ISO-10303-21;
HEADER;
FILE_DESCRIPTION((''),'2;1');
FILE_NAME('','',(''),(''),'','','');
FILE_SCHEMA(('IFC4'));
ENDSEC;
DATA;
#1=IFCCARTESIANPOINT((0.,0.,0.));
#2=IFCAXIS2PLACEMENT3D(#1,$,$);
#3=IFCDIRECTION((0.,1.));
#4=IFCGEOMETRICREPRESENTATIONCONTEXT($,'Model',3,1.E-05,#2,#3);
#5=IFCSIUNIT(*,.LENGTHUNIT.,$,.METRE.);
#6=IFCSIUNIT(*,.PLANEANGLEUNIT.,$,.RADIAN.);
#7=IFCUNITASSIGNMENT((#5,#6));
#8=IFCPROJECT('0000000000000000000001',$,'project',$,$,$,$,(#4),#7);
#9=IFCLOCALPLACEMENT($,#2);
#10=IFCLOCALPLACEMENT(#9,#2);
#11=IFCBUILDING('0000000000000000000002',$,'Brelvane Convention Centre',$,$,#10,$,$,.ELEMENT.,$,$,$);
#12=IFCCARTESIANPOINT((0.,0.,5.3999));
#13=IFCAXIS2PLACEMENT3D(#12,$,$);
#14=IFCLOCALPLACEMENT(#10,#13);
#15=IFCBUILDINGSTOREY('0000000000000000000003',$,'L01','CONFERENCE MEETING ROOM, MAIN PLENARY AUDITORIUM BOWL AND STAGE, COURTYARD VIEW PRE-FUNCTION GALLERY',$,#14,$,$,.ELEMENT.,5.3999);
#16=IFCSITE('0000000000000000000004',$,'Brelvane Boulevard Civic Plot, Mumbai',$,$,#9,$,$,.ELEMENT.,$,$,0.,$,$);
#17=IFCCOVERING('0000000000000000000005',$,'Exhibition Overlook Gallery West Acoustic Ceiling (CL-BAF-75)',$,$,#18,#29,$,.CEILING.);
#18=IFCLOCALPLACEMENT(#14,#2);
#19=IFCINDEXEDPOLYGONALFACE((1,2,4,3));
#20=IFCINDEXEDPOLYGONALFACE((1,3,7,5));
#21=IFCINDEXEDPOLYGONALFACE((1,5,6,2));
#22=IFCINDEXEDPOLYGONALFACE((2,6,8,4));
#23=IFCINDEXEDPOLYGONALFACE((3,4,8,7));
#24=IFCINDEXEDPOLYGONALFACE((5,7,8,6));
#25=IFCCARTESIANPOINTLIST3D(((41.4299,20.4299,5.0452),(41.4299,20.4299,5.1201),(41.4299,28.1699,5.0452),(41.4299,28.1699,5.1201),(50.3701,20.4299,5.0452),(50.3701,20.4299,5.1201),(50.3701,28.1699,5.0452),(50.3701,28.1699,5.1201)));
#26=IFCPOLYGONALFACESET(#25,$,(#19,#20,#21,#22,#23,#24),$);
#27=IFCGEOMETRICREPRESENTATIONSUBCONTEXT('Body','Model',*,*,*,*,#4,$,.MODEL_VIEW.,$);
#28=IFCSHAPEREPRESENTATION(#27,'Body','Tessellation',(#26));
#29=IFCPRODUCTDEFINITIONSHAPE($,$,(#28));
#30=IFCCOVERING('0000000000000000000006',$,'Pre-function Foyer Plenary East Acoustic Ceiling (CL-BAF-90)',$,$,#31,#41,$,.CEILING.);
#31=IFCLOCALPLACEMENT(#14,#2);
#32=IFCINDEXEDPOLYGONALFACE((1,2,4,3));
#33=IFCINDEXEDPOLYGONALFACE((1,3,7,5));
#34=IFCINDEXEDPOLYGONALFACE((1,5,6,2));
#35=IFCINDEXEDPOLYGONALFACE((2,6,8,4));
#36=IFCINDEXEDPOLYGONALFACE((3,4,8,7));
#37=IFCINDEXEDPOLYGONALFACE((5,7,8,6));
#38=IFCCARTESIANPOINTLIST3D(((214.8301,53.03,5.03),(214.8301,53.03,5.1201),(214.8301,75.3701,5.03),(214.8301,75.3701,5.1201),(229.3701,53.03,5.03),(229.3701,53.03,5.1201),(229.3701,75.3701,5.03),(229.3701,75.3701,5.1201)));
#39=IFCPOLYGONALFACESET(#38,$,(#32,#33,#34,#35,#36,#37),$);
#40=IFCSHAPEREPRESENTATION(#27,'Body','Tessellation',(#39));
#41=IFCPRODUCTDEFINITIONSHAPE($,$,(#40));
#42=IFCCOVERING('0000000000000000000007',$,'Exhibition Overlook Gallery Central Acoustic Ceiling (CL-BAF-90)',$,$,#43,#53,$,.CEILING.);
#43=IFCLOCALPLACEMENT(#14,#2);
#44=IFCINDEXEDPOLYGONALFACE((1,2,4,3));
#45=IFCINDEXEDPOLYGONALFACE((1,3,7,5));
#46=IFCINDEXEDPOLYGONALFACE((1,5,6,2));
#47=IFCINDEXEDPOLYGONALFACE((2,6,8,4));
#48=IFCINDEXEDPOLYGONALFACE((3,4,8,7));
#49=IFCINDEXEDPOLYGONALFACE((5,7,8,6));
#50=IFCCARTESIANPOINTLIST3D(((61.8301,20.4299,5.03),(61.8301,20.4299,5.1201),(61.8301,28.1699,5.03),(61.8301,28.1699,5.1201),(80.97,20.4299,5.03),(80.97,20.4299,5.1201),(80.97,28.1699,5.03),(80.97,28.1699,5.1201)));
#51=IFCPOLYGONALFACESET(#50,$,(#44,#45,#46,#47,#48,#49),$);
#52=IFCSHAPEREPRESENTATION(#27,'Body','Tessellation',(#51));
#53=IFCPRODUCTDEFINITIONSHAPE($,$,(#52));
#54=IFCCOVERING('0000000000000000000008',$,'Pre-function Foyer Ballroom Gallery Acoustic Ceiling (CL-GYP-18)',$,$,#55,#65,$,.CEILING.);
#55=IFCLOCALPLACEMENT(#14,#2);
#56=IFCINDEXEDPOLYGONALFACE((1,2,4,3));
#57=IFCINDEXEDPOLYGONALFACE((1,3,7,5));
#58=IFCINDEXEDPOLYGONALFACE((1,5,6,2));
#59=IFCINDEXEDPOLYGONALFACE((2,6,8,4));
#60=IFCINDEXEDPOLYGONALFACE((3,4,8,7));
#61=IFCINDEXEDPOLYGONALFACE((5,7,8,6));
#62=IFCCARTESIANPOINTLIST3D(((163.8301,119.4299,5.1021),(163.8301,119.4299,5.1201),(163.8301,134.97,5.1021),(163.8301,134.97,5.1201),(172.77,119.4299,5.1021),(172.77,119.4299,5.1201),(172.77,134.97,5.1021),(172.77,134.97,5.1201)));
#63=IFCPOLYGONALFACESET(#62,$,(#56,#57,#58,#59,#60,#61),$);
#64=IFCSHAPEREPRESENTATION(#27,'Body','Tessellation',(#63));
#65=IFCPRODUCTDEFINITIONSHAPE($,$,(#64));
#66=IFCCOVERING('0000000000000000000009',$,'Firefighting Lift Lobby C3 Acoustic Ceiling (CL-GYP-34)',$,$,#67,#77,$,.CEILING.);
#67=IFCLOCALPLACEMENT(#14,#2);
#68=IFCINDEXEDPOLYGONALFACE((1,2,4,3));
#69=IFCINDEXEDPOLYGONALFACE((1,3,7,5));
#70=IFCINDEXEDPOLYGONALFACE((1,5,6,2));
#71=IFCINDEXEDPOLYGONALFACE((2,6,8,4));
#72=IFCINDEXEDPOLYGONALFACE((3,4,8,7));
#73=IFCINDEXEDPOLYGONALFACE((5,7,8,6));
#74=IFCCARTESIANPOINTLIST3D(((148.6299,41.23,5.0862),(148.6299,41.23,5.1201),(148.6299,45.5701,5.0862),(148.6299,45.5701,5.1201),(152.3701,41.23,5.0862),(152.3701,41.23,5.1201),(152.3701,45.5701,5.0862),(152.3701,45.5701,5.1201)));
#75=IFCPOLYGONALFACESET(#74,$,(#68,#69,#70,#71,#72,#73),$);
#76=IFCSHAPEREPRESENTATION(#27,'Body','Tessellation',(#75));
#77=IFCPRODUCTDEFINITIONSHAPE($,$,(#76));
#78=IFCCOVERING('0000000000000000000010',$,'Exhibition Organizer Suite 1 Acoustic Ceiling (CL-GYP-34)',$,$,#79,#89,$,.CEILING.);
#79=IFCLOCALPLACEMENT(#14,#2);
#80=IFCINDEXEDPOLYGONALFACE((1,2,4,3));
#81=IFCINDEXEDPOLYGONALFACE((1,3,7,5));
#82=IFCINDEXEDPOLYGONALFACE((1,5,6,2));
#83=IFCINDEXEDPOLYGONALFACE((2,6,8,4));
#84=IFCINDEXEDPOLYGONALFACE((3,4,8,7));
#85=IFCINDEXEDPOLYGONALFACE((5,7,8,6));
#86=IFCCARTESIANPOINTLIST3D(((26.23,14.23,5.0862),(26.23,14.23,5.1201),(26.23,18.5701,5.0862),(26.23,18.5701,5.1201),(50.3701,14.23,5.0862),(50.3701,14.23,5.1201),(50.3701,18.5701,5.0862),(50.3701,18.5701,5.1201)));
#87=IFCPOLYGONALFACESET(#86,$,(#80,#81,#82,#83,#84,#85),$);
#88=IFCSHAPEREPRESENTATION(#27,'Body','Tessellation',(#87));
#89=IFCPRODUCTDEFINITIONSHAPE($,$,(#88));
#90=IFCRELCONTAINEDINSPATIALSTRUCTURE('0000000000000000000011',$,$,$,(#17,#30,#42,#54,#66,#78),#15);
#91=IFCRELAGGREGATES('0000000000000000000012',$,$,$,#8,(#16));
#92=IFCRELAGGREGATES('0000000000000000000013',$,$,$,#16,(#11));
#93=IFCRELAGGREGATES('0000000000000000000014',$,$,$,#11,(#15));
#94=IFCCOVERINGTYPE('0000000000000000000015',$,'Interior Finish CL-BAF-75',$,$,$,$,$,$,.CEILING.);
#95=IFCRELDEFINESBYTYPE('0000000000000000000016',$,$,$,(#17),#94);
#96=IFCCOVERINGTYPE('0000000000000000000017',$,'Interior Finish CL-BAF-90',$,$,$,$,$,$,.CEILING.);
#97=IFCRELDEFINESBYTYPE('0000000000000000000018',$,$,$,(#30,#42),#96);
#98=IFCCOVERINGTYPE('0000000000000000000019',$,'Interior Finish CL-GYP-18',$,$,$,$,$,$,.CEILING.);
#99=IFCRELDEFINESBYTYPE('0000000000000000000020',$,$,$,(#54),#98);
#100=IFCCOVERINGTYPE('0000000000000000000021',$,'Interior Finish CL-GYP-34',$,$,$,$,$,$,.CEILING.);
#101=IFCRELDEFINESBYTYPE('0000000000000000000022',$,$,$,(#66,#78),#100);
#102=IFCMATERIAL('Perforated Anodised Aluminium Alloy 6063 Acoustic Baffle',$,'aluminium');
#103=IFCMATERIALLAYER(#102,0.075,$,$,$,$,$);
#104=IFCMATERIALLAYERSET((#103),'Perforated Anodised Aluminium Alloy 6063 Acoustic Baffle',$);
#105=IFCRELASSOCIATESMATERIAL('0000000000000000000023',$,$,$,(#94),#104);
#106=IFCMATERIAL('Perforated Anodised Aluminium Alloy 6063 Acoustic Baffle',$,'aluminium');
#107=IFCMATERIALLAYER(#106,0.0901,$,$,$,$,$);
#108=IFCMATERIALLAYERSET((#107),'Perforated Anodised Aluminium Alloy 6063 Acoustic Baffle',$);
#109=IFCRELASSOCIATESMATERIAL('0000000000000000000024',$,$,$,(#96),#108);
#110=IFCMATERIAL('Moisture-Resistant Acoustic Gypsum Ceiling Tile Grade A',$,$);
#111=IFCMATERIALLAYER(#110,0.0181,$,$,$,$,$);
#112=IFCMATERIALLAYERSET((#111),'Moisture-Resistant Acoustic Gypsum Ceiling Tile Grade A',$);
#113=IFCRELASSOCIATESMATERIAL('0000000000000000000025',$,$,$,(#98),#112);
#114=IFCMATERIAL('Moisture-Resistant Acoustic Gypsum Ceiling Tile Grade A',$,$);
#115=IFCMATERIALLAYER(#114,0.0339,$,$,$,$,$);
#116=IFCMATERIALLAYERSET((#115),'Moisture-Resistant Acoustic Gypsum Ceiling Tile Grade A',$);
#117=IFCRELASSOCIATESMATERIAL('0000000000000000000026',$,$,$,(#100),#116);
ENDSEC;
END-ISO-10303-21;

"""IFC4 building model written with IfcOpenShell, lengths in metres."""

from ifc_helpers import new_model, si_unit, direction, frame, origin, place, context, subcontext, project, spatial, polyline, outline, extrude, material, layer, layer_set, type_object, element, save


model = new_model("IFC4")

# Units and contexts
model_context = context("Model", 3, precision=1e-05, world=origin(), true_north=direction((0.0, 1.0)))
body_context = subcontext(model_context, "Body", "Model", "MODEL_VIEW")
ifc_project = project(units=[si_unit("LENGTHUNIT", "METRE"), si_unit("PLANEANGLEUNIT", "RADIAN")], contexts=[model_context])

# Site, building, storey
site_placement = place(None, origin())
site = spatial("IfcSite", under=ifc_project, at=site_placement, Name="Brelvane Boulevard Civic Plot, Mumbai", CompositionType="ELEMENT", RefElevation=0.0)
building_placement = place(site_placement, origin())
building = spatial("IfcBuilding", under=site, at=building_placement, Name="Brelvane Convention Centre", CompositionType="ELEMENT")
storey_placement = place(building_placement, frame((0.0, 0.0, 5.3999)))
storey = spatial("IfcBuildingStorey", under=building, at=storey_placement, Name="L01", Description="CONFERENCE MEETING ROOM, MAIN PLENARY AUDITORIUM BOWL AND STAGE, COURTYARD VIEW PRE-FUNCTION GALLERY", CompositionType="ELEMENT", Elevation=5.3999)

# Coverings
ifc_material_1 = material(Name="Perforated Anodised Aluminium Alloy 6063 Acoustic Baffle", Category="aluminium")
ifc_layer_1 = layer(ifc_material_1, 0.075)
ifc_layer_set_1 = layer_set([ifc_layer_1], Name="Perforated Anodised Aluminium Alloy 6063 Acoustic Baffle")
covering_type_1 = type_object("IfcCoveringType", Name="Interior Finish CL-BAF-75", PredefinedType="CEILING", material=ifc_layer_set_1)
covering_1_placement = place(storey_placement, frame((0.0, 0.0, 5.0452)))
element("IfcCovering", 1, at=covering_1_placement, inside=storey, type_object=covering_type_1, Name="Exhibition Overlook Gallery West Acoustic Ceiling (CL-BAF-75)", PredefinedType="CEILING", context=body_context, shape_type="SweptSolid", body=[
    extrude(outline(polyline([(41.4299, 20.4299), (50.3701, 20.4299), (50.3701, 28.1699), (41.4299, 28.1699), (41.4299, 20.4299)])), origin(), (0.0, 0.0, 1.0), 0.075),
])
ifc_material_2 = material(Name="Perforated Anodised Aluminium Alloy 6063 Acoustic Baffle", Category="aluminium")
ifc_layer_2 = layer(ifc_material_2, 0.0901)
ifc_layer_set_2 = layer_set([ifc_layer_2], Name="Perforated Anodised Aluminium Alloy 6063 Acoustic Baffle")
covering_type_2 = type_object("IfcCoveringType", Name="Interior Finish CL-BAF-90", PredefinedType="CEILING", material=ifc_layer_set_2)
covering_2_placement = place(storey_placement, frame((0.0, 0.0, 5.03)))
element("IfcCovering", 2, at=covering_2_placement, inside=storey, type_object=covering_type_2, Name="Pre-function Foyer Plenary East Acoustic Ceiling (CL-BAF-90)", PredefinedType="CEILING", context=body_context, shape_type="SweptSolid", body=[
    extrude(outline(polyline([(214.8301, 53.03), (229.3701, 53.03), (229.3701, 75.3701), (214.8301, 75.3701), (214.8301, 53.03)])), origin(), (0.0, 0.0, 1.0), 0.0901),
])
covering_3_placement = place(storey_placement, frame((0.0, 0.0, 5.03)))
element("IfcCovering", 3, at=covering_3_placement, inside=storey, type_object=covering_type_2, Name="Exhibition Overlook Gallery Central Acoustic Ceiling (CL-BAF-90)", PredefinedType="CEILING", context=body_context, shape_type="SweptSolid", body=[
    extrude(outline(polyline([(61.8301, 20.4299), (80.97, 20.4299), (80.97, 28.1699), (61.8301, 28.1699), (61.8301, 20.4299)])), origin(), (0.0, 0.0, 1.0), 0.0901),
])
ifc_material_3 = material(Name="Moisture-Resistant Acoustic Gypsum Ceiling Tile Grade A")
ifc_layer_3 = layer(ifc_material_3, 0.0181)
ifc_layer_set_3 = layer_set([ifc_layer_3], Name="Moisture-Resistant Acoustic Gypsum Ceiling Tile Grade A")
covering_type_3 = type_object("IfcCoveringType", Name="Interior Finish CL-GYP-18", PredefinedType="CEILING", material=ifc_layer_set_3)
covering_4_placement = place(storey_placement, frame((0.0, 0.0, 5.1021)))
element("IfcCovering", 4, at=covering_4_placement, inside=storey, type_object=covering_type_3, Name="Pre-function Foyer Ballroom Gallery Acoustic Ceiling (CL-GYP-18)", PredefinedType="CEILING", context=body_context, shape_type="SweptSolid", body=[
    extrude(outline(polyline([(163.8301, 119.4299), (172.77, 119.4299), (172.77, 134.97), (163.8301, 134.97), (163.8301, 119.4299)])), origin(), (0.0, 0.0, 1.0), 0.0181),
])
ifc_material_4 = material(Name="Moisture-Resistant Acoustic Gypsum Ceiling Tile Grade A")
ifc_layer_4 = layer(ifc_material_4, 0.0339)
ifc_layer_set_4 = layer_set([ifc_layer_4], Name="Moisture-Resistant Acoustic Gypsum Ceiling Tile Grade A")
covering_type_4 = type_object("IfcCoveringType", Name="Interior Finish CL-GYP-34", PredefinedType="CEILING", material=ifc_layer_set_4)
covering_5_placement = place(storey_placement, frame((0.0, 0.0, 5.0862)))
element("IfcCovering", 5, at=covering_5_placement, inside=storey, type_object=covering_type_4, Name="Firefighting Lift Lobby C3 Acoustic Ceiling (CL-GYP-34)", PredefinedType="CEILING", context=body_context, shape_type="SweptSolid", body=[
    extrude(outline(polyline([(148.6299, 41.23), (152.3701, 41.23), (152.3701, 45.5701), (148.6299, 45.5701), (148.6299, 41.23)])), origin(), (0.0, 0.0, 1.0), 0.0339),
])
covering_6_placement = place(storey_placement, frame((0.0, 0.0, 5.0862)))
element("IfcCovering", 6, at=covering_6_placement, inside=storey, type_object=covering_type_4, Name="Exhibition Organizer Suite 1 Acoustic Ceiling (CL-GYP-34)", PredefinedType="CEILING", context=body_context, shape_type="SweptSolid", body=[
    extrude(outline(polyline([(26.23, 14.23), (50.3701, 14.23), (50.3701, 18.5701), (26.23, 18.5701), (26.23, 14.23)])), origin(), (0.0, 0.0, 1.0), 0.0339),
])

save(model, "model.ifc")
